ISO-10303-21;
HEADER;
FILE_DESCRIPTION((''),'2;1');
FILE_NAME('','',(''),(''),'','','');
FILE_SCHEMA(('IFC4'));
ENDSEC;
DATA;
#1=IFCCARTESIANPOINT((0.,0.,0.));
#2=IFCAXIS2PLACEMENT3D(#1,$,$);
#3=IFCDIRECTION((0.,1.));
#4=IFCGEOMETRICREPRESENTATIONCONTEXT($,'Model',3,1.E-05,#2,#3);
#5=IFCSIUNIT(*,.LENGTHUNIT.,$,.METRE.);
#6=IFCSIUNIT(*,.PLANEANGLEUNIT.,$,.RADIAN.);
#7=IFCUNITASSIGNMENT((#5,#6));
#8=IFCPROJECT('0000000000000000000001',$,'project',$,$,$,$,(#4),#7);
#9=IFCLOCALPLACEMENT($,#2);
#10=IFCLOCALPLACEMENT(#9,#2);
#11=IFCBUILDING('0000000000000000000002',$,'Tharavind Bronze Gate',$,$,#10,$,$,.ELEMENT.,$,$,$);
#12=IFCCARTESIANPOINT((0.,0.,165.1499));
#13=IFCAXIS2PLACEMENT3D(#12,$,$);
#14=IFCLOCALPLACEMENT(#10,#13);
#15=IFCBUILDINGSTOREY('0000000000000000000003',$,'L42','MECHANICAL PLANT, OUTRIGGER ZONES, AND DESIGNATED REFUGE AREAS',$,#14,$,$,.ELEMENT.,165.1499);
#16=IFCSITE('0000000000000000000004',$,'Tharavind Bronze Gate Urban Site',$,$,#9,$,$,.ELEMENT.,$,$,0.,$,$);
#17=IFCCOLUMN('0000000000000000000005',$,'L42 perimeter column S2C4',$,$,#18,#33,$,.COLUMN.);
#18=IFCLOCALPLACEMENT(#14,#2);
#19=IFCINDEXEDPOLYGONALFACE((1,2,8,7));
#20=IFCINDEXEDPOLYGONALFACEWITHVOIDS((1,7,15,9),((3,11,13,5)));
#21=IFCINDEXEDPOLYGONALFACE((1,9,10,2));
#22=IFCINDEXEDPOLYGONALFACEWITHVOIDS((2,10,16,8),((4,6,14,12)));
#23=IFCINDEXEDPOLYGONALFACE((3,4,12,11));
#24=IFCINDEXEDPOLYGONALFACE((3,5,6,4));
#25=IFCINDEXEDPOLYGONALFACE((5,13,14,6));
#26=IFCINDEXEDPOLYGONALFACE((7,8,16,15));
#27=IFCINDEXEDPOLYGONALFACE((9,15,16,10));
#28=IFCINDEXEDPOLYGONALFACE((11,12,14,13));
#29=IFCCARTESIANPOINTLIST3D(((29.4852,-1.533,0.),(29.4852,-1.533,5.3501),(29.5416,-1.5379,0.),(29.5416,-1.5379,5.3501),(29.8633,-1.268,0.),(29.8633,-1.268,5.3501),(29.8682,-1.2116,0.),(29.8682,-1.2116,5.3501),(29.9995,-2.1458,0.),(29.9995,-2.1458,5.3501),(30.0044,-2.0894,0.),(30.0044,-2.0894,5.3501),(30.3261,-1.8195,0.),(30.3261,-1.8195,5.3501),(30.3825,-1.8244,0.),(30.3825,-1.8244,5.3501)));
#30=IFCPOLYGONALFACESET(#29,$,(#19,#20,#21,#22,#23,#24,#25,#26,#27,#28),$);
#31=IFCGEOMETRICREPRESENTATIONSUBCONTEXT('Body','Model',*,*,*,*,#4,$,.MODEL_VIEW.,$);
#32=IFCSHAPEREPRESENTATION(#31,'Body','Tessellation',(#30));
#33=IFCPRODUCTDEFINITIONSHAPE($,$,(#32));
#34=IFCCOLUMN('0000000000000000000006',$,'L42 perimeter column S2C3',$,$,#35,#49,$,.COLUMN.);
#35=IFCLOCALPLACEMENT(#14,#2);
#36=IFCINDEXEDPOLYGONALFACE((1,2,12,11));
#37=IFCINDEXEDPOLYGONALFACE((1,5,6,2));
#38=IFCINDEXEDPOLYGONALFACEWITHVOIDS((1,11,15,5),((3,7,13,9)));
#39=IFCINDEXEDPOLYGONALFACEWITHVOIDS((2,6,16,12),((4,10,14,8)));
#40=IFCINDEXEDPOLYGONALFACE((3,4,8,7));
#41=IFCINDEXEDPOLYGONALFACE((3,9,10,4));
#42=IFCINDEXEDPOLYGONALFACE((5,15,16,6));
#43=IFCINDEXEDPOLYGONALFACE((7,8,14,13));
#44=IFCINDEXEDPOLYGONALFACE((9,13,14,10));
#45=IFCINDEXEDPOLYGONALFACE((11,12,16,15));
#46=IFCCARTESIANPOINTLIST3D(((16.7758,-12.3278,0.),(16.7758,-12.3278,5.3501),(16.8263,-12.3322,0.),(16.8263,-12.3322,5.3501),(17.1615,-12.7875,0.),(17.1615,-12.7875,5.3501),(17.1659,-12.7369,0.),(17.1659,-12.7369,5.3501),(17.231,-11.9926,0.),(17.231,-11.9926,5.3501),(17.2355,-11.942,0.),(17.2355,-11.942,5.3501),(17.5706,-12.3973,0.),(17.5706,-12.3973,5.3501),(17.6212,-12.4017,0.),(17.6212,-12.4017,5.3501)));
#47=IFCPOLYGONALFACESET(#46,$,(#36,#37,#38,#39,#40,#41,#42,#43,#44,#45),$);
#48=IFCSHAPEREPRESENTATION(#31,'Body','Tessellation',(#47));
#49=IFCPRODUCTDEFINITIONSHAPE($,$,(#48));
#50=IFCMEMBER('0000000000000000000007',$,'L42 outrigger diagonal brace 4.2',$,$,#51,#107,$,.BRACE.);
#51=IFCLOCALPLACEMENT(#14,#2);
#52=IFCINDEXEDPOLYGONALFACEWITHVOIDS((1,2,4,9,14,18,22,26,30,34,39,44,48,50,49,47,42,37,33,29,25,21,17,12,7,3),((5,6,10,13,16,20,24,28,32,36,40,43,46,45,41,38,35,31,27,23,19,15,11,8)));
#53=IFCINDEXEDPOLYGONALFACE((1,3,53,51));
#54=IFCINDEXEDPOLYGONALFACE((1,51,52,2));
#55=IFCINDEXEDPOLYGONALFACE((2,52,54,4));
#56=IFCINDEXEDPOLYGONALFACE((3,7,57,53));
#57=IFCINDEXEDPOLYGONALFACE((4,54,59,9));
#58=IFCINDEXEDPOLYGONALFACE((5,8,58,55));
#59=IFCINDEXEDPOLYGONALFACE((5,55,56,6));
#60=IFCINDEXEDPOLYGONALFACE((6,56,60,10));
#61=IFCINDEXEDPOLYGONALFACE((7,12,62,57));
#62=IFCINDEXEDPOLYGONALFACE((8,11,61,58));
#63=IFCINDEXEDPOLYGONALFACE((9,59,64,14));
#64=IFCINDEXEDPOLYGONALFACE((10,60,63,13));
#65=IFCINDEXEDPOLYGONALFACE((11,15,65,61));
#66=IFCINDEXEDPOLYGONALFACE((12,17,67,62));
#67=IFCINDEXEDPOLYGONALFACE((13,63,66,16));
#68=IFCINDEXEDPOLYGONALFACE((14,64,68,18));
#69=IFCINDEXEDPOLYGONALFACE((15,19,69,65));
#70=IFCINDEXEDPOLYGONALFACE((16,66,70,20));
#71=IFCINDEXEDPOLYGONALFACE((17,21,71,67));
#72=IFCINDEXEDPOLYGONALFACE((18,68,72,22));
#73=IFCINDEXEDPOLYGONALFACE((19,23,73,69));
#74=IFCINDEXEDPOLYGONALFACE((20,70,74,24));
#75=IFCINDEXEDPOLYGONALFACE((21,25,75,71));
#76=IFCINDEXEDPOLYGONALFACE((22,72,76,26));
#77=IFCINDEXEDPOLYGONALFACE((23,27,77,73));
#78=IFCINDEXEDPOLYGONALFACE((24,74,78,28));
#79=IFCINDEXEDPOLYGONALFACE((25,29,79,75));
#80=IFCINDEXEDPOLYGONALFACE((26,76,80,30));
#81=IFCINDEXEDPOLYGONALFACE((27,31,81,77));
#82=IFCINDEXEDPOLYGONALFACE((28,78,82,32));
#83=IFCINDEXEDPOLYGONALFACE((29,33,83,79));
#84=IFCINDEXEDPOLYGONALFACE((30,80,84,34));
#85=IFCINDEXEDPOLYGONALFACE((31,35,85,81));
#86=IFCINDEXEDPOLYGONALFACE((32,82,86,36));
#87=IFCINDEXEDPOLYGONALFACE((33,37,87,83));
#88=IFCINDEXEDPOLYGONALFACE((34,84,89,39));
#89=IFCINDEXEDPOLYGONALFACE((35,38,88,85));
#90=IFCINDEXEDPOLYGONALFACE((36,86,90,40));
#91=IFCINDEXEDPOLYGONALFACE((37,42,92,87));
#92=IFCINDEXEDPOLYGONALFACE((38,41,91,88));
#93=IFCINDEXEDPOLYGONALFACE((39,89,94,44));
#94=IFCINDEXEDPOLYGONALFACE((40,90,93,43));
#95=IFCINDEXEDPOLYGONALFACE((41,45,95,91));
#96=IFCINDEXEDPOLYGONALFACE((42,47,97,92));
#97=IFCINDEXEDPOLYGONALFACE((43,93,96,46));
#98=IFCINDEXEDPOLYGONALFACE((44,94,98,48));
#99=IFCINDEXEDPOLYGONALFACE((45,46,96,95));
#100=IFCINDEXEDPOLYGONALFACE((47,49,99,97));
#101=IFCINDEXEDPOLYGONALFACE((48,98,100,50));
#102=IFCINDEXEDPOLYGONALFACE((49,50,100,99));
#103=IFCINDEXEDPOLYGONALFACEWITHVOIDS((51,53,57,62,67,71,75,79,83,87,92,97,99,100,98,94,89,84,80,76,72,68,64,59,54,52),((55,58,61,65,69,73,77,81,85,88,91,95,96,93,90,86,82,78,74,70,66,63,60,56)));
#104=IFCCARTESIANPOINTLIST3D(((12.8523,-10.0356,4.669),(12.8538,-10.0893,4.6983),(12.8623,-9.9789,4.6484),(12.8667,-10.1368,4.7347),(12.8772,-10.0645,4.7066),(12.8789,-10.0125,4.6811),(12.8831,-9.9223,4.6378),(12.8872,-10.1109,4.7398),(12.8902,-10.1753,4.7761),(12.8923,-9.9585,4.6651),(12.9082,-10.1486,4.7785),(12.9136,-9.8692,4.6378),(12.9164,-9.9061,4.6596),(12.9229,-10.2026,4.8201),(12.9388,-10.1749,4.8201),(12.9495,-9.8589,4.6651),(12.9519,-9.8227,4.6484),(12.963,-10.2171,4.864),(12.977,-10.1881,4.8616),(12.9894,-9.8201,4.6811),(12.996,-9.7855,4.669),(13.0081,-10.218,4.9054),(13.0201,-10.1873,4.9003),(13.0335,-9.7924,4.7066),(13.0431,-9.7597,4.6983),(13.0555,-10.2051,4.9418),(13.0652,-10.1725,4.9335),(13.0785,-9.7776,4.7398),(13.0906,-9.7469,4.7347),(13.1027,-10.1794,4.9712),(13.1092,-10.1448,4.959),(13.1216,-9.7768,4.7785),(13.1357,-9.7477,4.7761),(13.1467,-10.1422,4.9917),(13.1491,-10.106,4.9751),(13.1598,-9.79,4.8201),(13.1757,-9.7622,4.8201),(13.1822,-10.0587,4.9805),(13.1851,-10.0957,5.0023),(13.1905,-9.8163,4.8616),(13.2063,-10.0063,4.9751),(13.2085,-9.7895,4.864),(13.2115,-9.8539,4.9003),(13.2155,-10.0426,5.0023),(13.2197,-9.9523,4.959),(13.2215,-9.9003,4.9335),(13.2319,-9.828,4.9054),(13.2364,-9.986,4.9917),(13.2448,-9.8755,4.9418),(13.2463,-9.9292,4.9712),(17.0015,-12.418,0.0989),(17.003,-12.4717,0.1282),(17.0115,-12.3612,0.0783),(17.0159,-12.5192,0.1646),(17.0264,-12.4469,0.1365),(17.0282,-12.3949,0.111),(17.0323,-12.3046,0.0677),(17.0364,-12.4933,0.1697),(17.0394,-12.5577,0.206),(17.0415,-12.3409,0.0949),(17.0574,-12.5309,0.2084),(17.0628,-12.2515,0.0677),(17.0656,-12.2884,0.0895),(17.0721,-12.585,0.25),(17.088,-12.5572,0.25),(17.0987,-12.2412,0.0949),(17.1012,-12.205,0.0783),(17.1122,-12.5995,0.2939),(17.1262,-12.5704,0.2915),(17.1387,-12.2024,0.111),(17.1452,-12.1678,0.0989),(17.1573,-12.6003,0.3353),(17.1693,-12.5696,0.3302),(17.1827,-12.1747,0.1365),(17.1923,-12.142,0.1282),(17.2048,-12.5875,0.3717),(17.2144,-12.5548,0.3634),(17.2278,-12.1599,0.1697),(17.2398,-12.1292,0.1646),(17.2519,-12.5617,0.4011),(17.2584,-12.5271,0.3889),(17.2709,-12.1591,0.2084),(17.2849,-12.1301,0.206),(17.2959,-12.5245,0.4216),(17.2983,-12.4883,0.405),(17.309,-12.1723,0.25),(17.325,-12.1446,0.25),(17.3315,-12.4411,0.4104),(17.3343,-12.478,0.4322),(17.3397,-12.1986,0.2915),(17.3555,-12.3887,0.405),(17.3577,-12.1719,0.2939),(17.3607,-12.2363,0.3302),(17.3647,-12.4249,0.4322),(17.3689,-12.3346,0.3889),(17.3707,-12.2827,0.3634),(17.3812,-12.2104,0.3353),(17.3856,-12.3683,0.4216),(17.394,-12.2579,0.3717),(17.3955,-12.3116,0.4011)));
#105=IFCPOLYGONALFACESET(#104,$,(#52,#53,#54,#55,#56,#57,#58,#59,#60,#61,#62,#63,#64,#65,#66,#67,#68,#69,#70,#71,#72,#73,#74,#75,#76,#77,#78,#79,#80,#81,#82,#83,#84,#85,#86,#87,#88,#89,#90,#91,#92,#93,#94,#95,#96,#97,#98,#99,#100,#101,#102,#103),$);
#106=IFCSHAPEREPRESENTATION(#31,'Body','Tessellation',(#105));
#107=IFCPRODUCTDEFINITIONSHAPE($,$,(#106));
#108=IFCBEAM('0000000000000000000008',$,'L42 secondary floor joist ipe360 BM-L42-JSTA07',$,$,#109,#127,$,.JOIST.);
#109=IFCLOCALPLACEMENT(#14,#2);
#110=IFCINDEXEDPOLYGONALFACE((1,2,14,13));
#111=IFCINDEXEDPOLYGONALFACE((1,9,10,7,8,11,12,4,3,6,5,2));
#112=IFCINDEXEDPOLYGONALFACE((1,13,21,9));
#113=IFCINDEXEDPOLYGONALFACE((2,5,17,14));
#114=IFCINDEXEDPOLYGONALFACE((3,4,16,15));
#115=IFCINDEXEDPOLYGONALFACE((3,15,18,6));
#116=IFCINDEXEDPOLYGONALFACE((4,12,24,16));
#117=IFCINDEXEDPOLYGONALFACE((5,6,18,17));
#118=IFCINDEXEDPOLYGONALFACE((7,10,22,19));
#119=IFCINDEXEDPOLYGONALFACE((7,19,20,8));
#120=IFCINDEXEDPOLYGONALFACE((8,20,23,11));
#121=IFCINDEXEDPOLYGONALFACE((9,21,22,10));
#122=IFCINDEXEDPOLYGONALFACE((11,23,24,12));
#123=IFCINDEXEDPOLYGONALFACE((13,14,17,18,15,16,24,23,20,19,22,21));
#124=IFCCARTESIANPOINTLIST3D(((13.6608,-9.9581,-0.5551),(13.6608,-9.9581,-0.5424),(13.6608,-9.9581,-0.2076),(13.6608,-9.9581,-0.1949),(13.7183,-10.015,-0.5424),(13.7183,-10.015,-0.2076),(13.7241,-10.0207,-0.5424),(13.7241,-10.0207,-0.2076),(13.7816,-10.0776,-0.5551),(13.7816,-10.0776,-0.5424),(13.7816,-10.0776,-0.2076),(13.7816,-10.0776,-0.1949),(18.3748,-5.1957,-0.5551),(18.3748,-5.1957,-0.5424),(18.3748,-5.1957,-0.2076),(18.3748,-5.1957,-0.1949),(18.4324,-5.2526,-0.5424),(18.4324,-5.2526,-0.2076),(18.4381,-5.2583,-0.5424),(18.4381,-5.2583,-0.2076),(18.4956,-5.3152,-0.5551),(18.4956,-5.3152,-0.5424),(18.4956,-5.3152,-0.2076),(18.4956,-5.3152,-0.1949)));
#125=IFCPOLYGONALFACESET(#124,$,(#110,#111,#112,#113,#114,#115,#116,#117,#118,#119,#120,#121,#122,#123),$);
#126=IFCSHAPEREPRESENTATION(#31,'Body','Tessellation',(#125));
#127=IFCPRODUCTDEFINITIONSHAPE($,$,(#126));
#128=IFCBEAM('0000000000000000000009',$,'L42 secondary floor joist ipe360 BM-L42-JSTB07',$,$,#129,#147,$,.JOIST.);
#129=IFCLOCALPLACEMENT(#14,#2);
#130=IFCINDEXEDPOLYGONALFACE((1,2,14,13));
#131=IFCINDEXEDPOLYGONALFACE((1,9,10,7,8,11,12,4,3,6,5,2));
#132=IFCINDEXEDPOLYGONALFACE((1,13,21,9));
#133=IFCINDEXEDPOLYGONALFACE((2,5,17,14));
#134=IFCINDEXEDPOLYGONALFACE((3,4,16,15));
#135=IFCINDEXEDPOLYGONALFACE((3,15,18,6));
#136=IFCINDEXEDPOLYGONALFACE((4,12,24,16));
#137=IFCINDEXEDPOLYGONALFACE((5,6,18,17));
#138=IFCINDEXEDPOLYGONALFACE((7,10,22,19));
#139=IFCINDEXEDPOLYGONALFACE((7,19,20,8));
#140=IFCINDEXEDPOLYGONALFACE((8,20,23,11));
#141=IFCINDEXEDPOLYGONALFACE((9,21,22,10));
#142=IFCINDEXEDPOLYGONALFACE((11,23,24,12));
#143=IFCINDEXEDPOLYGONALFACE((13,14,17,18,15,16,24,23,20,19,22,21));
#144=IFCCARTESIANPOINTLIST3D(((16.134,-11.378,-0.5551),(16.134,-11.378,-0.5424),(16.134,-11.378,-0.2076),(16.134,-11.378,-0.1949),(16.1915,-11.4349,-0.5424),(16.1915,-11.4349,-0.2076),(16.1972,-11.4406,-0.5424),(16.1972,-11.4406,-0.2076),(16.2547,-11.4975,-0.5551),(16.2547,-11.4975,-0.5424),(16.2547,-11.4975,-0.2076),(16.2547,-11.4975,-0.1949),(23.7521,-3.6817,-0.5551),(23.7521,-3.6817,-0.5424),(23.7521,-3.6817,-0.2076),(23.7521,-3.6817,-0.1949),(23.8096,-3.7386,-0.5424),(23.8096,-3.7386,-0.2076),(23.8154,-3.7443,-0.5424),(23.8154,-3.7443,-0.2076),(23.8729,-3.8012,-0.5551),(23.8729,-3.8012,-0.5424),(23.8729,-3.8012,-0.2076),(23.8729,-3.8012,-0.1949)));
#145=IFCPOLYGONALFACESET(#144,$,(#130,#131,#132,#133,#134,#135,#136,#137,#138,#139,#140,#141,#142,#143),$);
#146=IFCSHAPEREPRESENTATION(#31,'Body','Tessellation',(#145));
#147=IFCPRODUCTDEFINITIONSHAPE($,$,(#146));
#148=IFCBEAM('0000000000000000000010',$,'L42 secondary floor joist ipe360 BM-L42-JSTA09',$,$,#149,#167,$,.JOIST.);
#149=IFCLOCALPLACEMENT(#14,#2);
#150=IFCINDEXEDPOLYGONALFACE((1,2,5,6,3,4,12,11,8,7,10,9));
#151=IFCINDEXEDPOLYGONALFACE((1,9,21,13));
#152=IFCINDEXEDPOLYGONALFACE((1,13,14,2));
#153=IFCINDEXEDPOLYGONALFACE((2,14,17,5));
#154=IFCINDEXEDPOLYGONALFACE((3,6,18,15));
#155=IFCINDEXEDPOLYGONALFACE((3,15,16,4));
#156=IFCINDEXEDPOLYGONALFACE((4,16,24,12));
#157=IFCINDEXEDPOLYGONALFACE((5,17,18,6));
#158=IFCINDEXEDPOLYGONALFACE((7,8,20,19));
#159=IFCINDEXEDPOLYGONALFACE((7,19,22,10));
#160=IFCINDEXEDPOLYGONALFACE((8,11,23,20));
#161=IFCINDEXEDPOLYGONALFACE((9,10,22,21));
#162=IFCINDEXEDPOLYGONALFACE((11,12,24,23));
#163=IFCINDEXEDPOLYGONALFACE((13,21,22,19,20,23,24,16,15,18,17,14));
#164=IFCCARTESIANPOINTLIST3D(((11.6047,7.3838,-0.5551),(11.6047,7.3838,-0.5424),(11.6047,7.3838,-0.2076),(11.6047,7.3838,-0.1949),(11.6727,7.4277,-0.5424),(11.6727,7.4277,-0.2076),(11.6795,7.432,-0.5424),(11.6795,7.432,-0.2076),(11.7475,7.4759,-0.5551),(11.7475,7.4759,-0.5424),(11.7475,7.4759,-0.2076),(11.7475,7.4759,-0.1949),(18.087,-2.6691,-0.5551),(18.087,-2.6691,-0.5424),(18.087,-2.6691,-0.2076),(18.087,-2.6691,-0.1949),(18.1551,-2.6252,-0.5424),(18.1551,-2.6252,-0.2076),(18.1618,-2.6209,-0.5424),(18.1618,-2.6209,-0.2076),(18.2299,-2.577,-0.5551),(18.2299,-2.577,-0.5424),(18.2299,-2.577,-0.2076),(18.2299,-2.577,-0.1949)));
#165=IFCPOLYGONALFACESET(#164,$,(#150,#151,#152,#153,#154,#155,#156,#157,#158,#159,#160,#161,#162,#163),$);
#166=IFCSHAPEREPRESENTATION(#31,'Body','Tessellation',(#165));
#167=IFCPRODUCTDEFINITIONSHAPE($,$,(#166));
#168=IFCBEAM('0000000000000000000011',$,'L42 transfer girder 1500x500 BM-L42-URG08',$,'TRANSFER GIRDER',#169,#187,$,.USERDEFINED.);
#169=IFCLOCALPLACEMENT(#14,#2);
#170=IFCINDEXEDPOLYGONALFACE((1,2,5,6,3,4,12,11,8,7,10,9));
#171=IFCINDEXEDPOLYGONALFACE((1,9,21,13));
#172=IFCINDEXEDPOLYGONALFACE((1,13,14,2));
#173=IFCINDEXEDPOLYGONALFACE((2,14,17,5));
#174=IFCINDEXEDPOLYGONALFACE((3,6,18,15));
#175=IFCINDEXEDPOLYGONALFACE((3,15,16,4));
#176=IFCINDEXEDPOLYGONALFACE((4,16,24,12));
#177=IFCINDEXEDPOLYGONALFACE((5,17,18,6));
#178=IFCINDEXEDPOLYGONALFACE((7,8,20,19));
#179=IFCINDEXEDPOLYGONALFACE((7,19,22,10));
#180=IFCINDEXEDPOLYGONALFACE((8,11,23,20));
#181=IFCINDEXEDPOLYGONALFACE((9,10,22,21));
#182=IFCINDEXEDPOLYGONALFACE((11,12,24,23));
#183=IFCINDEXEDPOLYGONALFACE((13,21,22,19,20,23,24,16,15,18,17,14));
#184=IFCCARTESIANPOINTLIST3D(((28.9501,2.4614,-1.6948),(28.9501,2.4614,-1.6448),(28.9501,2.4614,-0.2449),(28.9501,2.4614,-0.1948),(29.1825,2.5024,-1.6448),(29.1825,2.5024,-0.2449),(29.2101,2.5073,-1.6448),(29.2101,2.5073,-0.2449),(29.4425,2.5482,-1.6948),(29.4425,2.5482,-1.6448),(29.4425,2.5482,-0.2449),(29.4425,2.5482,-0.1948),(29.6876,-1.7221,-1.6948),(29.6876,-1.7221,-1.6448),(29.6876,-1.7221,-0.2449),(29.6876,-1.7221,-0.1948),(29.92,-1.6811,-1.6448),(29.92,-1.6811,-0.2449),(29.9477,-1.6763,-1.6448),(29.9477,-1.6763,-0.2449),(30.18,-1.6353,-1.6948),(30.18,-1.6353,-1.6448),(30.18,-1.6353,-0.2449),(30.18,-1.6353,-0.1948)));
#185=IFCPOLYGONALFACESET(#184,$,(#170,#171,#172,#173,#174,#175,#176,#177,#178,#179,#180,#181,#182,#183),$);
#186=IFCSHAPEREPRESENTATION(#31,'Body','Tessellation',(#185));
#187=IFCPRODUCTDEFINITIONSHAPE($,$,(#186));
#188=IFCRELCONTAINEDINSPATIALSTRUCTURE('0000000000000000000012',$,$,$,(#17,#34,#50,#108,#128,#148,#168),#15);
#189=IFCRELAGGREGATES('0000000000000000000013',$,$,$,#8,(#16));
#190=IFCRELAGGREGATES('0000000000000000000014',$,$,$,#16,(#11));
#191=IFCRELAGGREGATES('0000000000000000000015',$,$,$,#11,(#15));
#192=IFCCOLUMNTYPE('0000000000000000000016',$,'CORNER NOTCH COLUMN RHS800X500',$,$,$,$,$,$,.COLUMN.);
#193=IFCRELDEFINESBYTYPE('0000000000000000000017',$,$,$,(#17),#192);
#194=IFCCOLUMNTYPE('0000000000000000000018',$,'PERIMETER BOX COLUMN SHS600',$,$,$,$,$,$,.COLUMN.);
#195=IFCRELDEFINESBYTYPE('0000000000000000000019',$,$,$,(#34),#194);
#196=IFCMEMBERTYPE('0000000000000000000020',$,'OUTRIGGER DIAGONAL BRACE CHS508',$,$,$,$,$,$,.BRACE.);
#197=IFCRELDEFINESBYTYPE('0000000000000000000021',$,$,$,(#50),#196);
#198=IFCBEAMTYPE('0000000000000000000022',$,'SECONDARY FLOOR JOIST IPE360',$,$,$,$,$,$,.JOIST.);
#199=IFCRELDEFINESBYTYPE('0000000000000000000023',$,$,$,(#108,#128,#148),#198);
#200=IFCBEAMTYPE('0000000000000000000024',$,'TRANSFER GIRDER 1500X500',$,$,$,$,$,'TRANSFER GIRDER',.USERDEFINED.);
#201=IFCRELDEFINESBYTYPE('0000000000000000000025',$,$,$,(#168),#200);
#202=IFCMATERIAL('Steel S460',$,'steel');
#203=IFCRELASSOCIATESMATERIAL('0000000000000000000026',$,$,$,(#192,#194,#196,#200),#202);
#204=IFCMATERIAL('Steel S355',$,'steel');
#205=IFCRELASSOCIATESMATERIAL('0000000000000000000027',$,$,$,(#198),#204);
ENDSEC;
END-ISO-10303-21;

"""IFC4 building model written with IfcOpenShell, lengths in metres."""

from ifc_helpers import new_model, si_unit, direction, frame, origin, origin_2d, place, context, subcontext, project, spatial, hollow_rectangle, hollow_circle, i_section, extrude, material, material_profile, profile_set, type_object, element, save


model = new_model("IFC4")

# Units and contexts
model_context = context("Model", 3, precision=1e-05, world=origin(), true_north=direction((0.0, 1.0)))
body_context = subcontext(model_context, "Body", "Model", "MODEL_VIEW")
ifc_project = project(units=[si_unit("LENGTHUNIT", "METRE"), si_unit("PLANEANGLEUNIT", "RADIAN")], contexts=[model_context])

# Site, building, storey
site_placement = place(None, origin())
site = spatial("IfcSite", under=ifc_project, at=site_placement, Name="Tharavind Bronze Gate Urban Site", CompositionType="ELEMENT", RefElevation=0.0)
building_placement = place(site_placement, origin())
building = spatial("IfcBuilding", under=site, at=building_placement, Name="Tharavind Bronze Gate", CompositionType="ELEMENT")
storey_placement = place(building_placement, frame((0.0, 0.0, 165.1499)))
storey = spatial("IfcBuildingStorey", under=building, at=storey_placement, Name="L42", Description="MECHANICAL PLANT, OUTRIGGER ZONES, AND DESIGNATED REFUGE AREAS", CompositionType="ELEMENT", Elevation=165.1499)

# Columns
ifc_material_1 = material(Name="Steel S460", Category="steel")
ifc_material_profile_1 = material_profile(ifc_material_1, hollow_rectangle(XDim=0.5, YDim=0.8, WallThickness=0.04, at=origin_2d()), Name="RHS800X500X40")
ifc_profile_set_1 = profile_set([ifc_material_profile_1], Name="Steel S460")
column_type_1 = type_object("IfcColumnType", Name="CORNER NOTCH COLUMN RHS800X500", PredefinedType="COLUMN", material=ifc_profile_set_1)
column_1_placement = place(storey_placement, frame((29.9338, -1.6787, 0.0), z_axis=(0.0, 0.0, 1.0), x_axis=(0.766043, 0.642789, 0.0)))
element("IfcColumn", 1, at=column_1_placement, inside=storey, type_object=column_type_1, Name="L42 perimeter column S2C4", PredefinedType="COLUMN", context=body_context, shape_type="SweptSolid", body=[
    extrude(hollow_rectangle(XDim=0.5, YDim=0.8, WallThickness=0.04, at=origin_2d()), origin(), (0.0, 0.0, 1.0), 5.3501),
])
ifc_material_profile_2 = material_profile(ifc_material_1, hollow_rectangle(XDim=0.6001, YDim=0.6001, WallThickness=0.0359, at=origin_2d()), Name="SHS600X36")
ifc_profile_set_2 = profile_set([ifc_material_profile_2], Name="Steel S460")
column_type_2 = type_object("IfcColumnType", Name="PERIMETER BOX COLUMN SHS600", PredefinedType="COLUMN", material=ifc_profile_set_2)
column_2_placement = place(storey_placement, frame((17.1985, -12.3647, 0.0), z_axis=(0.0, 0.0, 1.0), x_axis=(0.766043, 0.642789, 0.0)))
element("IfcColumn", 2, at=column_2_placement, inside=storey, type_object=column_type_2, Name="L42 perimeter column S2C3", PredefinedType="COLUMN", context=body_context, shape_type="SweptSolid", body=[
    extrude(hollow_rectangle(XDim=0.6001, YDim=0.6001, WallThickness=0.0359, at=origin_2d()), origin(), (0.0, 0.0, 1.0), 5.3501),
])

# Member
ifc_material_profile_3 = material_profile(ifc_material_1, hollow_circle(Radius=0.2539, WallThickness=0.032, at=origin_2d()), Name="CHS508X32")
ifc_profile_set_3 = profile_set([ifc_material_profile_3], Name="Steel S460")
member_type = type_object("IfcMemberType", Name="OUTRIGGER DIAGONAL BRACE CHS508", PredefinedType="BRACE", material=ifc_profile_set_3)
member_placement = place(storey_placement, frame((13.0493, -9.9824, 4.8201), z_axis=(0.627105, -0.360064, -0.690719), x_axis=(0.497929, 0.867218, 0.0)))
element("IfcMember", 3, at=member_placement, inside=storey, type_object=member_type, Name="L42 outrigger diagonal brace 4.2", PredefinedType="BRACE", context=body_context, shape_type="SweptSolid", body=[
    extrude(hollow_circle(Radius=0.2539, WallThickness=0.032, at=origin_2d()), origin(), (0.0, 0.0, 1.0), 6.6165),
])

# Beams
ifc_material_2 = material(Name="Steel S355", Category="steel")
ifc_material_profile_4 = material_profile(ifc_material_2, i_section(OverallWidth=0.1699, OverallDepth=0.3601, WebThickness=0.0081, FlangeThickness=0.0127, at=origin_2d()), Name="IPE360")
ifc_profile_set_4 = profile_set([ifc_material_profile_4], Name="Steel S355")
beam_type_1 = type_object("IfcBeamType", Name="SECONDARY FLOOR JOIST IPE360", PredefinedType="JOIST", material=ifc_profile_set_4)
beam_1_placement = place(storey_placement, frame((13.7212, -10.0178, -0.375), z_axis=(0.703491, 0.710704, 0.0), x_axis=(-0.710704, 0.703491, 0.0)))
element("IfcBeam", 4, at=beam_1_placement, inside=storey, type_object=beam_type_1, Name="L42 secondary floor joist ipe360 BM-L42-JSTA07", PredefinedType="JOIST", context=body_context, shape_type="SweptSolid", body=[
    extrude(i_section(OverallWidth=0.1699, OverallDepth=0.3601, WebThickness=0.0081, FlangeThickness=0.0127, at=origin_2d()), origin(), (0.0, 0.0, 1.0), 6.7009),
])
beam_2_placement = place(storey_placement, frame((16.1943, -11.4377, -0.375), z_axis=(0.70349, 0.710705, 0.0), x_axis=(-0.710705, 0.70349, 0.0)))
element("IfcBeam", 5, at=beam_2_placement, inside=storey, type_object=beam_type_1, Name="L42 secondary floor joist ipe360 BM-L42-JSTB07", PredefinedType="JOIST", context=body_context, shape_type="SweptSolid", body=[
    extrude(i_section(OverallWidth=0.1699, OverallDepth=0.3601, WebThickness=0.0081, FlangeThickness=0.0127, at=origin_2d()), origin(), (0.0, 0.0, 1.0), 10.8291),
])
beam_3_placement = place(storey_placement, frame((18.1584, -2.623, -0.375), z_axis=(-0.541928, 0.840425, 0.0), x_axis=(-0.840425, -0.541928, 0.0)))
element("IfcBeam", 6, at=beam_3_placement, inside=storey, type_object=beam_type_1, Name="L42 secondary floor joist ipe360 BM-L42-JSTA09", PredefinedType="JOIST", context=body_context, shape_type="SweptSolid", body=[
    extrude(i_section(OverallWidth=0.1699, OverallDepth=0.3601, WebThickness=0.0081, FlangeThickness=0.0127, at=origin_2d()), origin(), (0.0, 0.0, 1.0), 11.9617),
])
ifc_material_profile_5 = material_profile(ifc_material_1, i_section(OverallWidth=0.5, OverallDepth=1.5, WebThickness=0.0281, FlangeThickness=0.05, at=origin_2d()), Name="PG1500X500")
ifc_profile_set_5 = profile_set([ifc_material_profile_5], Name="Steel S460")
beam_type_2 = type_object("IfcBeamType", Name="TRANSFER GIRDER 1500X500", ElementType="TRANSFER GIRDER", PredefinedType="USERDEFINED", material=ifc_profile_set_5)
beam_4_placement = place(storey_placement, frame((29.9338, -1.6787, -0.9448), z_axis=(-0.173618, 0.984813, 0.0), x_axis=(-0.984813, -0.173618, 0.0)))
element("IfcBeam", 7, at=beam_4_placement, inside=storey, type_object=beam_type_2, Name="L42 transfer girder 1500x500 BM-L42-URG08", ObjectType="TRANSFER GIRDER", PredefinedType="USERDEFINED", context=body_context, shape_type="SweptSolid", body=[
    extrude(i_section(OverallWidth=0.5, OverallDepth=1.5, WebThickness=0.0281, FlangeThickness=0.05, at=origin_2d()), origin(), (0.0, 0.0, 1.0), 4.248),
])

save(model, "model.ifc")
